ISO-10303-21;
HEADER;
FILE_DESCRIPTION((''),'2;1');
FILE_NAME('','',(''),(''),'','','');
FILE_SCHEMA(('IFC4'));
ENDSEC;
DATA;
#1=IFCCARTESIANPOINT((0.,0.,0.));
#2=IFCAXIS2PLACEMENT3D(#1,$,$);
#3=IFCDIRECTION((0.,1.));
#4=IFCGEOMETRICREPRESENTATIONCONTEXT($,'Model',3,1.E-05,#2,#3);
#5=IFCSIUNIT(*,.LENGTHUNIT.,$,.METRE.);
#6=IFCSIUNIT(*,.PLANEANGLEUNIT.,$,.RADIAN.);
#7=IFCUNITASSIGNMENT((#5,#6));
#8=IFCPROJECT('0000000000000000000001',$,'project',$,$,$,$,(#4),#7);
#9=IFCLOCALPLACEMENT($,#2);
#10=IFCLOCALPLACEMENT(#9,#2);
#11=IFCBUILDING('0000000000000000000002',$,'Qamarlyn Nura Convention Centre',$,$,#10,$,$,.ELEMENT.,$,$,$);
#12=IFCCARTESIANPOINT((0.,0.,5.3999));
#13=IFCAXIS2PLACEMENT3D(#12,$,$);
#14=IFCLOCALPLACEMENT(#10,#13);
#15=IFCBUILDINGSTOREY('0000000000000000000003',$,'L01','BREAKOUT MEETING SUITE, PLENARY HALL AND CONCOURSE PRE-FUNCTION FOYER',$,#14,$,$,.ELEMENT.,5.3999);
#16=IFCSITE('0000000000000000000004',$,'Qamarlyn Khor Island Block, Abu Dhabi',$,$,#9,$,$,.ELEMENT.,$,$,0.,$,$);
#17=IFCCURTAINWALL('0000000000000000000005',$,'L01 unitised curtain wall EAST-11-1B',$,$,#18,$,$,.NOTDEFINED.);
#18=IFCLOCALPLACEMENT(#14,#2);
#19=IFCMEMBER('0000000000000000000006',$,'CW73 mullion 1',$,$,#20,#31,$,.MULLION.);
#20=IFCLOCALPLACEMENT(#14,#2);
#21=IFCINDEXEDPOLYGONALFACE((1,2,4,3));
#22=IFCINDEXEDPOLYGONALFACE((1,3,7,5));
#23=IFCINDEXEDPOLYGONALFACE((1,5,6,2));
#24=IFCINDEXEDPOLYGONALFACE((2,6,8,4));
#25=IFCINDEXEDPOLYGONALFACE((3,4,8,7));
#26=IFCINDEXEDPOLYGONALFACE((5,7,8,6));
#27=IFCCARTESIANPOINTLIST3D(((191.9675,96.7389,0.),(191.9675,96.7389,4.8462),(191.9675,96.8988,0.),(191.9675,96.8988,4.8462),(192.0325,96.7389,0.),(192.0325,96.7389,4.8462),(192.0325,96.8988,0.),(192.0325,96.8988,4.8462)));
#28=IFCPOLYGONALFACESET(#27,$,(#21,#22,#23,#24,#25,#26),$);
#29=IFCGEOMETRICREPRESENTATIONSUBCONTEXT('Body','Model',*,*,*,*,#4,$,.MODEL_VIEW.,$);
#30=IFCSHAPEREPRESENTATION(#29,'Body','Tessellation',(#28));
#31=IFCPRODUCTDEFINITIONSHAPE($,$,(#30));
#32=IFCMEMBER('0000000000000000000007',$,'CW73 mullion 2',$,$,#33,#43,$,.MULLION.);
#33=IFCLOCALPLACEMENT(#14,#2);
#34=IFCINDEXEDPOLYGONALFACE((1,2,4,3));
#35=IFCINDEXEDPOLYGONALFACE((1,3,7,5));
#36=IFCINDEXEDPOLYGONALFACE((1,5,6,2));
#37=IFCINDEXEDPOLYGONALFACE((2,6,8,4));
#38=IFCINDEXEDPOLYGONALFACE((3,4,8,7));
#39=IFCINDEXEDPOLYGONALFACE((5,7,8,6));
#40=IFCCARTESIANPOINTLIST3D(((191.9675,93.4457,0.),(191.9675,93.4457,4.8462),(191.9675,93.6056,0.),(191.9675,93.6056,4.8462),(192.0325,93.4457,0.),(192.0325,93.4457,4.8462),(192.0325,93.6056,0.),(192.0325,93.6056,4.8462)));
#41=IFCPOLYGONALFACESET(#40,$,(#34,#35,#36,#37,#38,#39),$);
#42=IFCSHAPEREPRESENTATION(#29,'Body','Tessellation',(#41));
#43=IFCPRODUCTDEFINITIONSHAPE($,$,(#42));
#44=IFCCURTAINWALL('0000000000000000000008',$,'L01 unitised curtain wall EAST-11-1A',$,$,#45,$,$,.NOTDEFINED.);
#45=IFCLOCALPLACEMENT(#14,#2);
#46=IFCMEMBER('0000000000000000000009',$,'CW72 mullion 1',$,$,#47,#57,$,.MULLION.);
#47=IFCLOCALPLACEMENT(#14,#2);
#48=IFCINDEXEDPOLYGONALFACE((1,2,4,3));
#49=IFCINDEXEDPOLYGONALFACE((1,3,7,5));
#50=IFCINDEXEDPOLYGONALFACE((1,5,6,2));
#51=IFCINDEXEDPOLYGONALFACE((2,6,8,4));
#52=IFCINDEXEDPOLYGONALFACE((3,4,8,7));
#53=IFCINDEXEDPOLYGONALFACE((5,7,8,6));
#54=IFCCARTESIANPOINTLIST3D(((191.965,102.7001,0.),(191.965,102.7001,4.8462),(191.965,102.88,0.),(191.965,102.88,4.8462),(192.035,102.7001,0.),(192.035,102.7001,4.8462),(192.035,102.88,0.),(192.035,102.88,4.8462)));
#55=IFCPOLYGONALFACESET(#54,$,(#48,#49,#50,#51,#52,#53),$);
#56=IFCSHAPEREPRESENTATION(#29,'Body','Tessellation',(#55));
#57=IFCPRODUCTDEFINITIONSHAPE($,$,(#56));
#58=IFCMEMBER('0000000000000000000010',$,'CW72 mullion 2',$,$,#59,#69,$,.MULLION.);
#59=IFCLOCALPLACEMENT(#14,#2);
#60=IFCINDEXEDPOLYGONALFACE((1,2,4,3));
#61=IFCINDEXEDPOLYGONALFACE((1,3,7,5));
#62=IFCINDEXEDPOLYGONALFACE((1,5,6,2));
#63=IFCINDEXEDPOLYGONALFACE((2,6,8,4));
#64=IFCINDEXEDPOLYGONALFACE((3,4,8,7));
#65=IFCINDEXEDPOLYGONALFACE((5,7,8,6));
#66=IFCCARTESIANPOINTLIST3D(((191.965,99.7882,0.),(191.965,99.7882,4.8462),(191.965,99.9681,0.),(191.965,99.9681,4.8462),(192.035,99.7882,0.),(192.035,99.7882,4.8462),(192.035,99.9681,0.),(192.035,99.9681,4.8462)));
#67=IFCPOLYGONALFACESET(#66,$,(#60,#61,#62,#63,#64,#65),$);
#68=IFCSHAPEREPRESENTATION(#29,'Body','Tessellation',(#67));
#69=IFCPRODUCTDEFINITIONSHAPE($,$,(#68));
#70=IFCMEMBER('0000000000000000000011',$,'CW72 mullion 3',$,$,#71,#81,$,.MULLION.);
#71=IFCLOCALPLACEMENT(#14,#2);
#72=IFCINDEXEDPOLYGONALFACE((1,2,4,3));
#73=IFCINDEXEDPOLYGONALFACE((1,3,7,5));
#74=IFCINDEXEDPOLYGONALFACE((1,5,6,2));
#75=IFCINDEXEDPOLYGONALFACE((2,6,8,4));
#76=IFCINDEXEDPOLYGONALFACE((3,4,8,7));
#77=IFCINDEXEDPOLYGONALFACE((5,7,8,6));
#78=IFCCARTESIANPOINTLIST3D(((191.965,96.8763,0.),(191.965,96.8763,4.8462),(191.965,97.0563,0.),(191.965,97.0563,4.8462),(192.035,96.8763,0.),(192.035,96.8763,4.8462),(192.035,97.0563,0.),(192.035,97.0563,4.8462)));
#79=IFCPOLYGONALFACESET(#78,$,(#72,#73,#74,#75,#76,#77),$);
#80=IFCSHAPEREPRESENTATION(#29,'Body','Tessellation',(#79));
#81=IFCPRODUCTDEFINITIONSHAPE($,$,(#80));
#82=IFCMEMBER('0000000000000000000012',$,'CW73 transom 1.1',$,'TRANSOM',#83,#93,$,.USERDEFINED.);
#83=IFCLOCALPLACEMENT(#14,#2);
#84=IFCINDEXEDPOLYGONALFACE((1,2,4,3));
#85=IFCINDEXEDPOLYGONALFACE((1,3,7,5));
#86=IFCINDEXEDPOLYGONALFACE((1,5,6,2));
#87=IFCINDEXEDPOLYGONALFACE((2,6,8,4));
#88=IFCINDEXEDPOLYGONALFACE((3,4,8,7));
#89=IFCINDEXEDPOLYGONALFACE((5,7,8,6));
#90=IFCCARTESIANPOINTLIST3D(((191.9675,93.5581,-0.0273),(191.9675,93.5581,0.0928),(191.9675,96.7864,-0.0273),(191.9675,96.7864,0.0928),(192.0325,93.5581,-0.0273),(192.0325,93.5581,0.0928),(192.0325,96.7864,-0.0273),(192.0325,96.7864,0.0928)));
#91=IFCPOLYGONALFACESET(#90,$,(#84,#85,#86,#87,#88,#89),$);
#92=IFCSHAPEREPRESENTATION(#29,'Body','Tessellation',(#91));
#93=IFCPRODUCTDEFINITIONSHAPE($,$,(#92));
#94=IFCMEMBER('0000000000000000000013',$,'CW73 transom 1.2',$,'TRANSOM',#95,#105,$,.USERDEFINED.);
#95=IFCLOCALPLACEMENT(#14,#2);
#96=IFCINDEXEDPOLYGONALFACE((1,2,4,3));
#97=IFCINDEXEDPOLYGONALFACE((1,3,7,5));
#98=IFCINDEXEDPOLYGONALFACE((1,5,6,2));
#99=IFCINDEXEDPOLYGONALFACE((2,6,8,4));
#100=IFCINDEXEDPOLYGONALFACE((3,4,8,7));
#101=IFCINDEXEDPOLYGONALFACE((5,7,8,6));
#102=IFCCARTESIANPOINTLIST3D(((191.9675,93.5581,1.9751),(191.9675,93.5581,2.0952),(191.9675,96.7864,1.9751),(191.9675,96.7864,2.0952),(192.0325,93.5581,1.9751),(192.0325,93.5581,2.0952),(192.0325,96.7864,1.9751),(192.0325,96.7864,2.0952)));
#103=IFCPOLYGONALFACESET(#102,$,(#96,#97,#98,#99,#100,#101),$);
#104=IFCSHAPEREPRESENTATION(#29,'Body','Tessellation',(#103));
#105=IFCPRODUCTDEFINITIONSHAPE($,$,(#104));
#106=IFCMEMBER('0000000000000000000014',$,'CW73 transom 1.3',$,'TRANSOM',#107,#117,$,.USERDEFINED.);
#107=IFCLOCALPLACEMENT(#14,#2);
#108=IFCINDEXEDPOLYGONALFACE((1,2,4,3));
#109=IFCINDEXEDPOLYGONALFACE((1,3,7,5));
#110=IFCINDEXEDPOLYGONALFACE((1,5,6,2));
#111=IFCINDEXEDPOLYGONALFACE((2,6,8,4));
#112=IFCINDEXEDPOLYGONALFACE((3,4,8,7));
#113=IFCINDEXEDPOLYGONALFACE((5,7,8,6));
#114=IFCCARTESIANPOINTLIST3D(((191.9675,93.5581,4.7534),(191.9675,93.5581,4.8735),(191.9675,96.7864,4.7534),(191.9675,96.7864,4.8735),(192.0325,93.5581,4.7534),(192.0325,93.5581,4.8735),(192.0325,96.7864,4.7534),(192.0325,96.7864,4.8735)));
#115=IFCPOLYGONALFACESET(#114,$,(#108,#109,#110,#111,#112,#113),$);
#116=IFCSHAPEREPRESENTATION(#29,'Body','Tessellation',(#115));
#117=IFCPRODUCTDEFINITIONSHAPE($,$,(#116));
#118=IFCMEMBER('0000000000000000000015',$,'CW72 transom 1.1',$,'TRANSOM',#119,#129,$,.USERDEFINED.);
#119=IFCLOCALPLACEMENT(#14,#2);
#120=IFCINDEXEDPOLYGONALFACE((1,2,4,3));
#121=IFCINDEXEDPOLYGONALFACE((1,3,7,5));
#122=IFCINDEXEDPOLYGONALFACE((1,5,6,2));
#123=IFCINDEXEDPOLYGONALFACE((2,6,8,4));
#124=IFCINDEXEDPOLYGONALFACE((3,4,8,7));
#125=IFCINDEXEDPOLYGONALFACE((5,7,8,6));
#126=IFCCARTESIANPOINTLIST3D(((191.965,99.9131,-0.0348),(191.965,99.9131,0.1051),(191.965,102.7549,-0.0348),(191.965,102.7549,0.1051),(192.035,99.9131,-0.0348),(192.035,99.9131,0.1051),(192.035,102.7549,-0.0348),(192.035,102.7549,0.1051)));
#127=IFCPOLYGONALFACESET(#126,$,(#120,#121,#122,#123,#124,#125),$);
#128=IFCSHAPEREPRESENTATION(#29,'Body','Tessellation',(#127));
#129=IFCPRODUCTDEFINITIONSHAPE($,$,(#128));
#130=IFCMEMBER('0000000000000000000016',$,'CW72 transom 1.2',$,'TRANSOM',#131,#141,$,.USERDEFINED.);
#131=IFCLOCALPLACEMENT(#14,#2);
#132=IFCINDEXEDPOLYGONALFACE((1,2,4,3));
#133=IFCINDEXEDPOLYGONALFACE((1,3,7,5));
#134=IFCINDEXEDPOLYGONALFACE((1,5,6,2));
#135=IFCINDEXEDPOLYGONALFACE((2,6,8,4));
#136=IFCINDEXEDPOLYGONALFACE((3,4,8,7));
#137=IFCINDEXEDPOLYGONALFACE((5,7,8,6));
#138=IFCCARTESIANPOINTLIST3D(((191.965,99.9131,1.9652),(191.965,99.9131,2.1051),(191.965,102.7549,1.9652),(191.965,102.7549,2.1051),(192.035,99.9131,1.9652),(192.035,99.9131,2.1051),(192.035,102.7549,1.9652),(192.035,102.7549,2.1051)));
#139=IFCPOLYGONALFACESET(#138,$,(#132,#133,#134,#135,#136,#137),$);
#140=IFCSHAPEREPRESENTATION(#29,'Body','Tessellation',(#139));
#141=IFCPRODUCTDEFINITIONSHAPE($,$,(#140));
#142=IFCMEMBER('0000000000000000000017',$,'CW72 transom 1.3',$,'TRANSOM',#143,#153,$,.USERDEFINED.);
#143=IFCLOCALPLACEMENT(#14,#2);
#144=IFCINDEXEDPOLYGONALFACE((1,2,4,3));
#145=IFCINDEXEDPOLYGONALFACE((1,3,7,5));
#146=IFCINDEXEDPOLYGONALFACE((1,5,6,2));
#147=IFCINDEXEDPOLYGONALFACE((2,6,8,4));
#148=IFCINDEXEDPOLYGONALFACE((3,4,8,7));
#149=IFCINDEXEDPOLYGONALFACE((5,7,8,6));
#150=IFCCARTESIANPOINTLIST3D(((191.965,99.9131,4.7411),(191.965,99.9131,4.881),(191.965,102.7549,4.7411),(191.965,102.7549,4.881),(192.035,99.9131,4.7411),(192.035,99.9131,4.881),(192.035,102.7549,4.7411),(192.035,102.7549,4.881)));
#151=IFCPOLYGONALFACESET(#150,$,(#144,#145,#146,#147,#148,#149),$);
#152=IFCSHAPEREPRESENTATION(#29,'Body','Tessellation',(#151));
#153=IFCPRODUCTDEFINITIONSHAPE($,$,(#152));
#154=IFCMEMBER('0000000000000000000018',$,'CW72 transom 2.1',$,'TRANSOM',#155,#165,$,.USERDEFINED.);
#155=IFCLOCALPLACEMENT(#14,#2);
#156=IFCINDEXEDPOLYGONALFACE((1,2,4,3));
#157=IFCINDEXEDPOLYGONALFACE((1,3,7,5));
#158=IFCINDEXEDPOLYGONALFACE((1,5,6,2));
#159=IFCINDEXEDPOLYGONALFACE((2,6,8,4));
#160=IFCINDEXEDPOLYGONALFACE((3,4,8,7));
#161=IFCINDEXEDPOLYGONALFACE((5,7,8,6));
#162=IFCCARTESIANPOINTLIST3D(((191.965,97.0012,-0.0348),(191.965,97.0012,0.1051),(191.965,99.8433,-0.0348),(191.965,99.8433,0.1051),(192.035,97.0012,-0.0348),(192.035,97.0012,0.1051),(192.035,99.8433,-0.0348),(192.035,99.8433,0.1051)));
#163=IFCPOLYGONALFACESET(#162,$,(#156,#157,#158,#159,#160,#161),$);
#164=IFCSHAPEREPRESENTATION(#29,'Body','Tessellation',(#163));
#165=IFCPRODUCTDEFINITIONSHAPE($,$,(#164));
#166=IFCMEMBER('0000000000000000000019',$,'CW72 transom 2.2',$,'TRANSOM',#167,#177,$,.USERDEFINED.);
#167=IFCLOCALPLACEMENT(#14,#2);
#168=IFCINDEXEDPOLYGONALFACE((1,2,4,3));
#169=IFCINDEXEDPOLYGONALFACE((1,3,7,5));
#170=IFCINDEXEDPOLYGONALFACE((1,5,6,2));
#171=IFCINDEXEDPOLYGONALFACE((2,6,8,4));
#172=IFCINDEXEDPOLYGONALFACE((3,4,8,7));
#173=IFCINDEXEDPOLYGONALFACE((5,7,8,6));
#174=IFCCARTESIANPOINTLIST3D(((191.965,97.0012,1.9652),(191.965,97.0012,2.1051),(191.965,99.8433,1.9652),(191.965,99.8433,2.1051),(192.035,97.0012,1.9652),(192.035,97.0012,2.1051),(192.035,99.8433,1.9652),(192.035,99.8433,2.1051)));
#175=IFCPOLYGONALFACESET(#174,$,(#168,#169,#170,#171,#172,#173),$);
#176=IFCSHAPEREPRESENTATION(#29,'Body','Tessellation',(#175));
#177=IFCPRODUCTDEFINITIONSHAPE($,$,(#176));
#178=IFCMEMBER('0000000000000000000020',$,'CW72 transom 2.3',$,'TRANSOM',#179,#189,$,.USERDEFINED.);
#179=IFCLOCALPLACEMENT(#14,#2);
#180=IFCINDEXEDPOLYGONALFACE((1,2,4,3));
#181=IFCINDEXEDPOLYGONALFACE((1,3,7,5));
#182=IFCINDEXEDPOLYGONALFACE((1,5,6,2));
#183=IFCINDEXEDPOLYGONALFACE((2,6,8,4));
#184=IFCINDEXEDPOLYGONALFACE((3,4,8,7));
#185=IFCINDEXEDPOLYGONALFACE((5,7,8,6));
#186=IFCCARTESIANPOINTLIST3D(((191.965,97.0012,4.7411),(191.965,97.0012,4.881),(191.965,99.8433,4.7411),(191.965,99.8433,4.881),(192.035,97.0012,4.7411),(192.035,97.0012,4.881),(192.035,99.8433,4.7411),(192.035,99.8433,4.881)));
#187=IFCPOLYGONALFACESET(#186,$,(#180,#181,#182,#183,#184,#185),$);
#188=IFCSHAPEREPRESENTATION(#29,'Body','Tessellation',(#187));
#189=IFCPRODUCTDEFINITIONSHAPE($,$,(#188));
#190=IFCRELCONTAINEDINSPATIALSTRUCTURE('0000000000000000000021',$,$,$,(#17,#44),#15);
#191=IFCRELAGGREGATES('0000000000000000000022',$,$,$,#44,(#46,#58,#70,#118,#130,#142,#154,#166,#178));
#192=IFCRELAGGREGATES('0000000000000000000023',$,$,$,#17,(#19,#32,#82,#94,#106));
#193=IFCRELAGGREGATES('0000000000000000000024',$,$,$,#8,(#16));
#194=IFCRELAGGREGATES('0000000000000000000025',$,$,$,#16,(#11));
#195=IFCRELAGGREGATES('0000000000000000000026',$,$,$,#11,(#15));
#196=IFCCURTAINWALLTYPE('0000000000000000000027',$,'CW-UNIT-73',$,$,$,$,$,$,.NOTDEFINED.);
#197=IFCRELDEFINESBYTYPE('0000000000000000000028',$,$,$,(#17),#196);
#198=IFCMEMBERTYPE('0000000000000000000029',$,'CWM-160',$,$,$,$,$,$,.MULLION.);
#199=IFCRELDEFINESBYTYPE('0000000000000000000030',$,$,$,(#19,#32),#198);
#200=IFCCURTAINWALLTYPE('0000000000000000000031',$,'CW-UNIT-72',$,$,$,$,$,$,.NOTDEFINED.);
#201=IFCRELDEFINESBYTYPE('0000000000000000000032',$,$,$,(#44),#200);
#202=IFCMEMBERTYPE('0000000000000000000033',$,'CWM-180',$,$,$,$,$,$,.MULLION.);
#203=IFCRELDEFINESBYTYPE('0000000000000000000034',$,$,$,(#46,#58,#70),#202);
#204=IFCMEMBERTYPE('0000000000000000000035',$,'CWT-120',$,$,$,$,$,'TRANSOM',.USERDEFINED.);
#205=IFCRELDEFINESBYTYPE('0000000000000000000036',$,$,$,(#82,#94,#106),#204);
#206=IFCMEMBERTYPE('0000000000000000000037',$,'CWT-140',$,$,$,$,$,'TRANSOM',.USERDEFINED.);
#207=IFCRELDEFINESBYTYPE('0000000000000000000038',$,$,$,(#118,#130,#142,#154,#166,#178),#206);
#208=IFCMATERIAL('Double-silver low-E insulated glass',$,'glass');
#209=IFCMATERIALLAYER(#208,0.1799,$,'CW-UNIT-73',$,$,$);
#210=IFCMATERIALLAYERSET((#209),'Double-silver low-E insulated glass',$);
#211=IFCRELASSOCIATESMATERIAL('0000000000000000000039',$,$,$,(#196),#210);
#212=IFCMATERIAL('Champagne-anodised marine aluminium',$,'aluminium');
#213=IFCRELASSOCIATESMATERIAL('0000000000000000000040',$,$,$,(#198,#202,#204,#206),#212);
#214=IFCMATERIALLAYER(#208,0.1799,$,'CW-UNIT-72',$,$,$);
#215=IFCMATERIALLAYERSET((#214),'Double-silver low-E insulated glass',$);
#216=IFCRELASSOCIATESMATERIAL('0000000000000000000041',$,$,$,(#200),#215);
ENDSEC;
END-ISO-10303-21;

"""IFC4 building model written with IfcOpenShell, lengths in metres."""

from ifc_helpers import new_model, si_unit, direction, frame, origin, origin_2d, place, context, subcontext, project, spatial, rectangle, extrude, material, layer, layer_set, material_profile, profile_set, type_object, element, aggregate, save


model = new_model("IFC4")

# Units and contexts
model_context = context("Model", 3, precision=1e-05, world=origin(), true_north=direction((0.0, 1.0)))
body_context = subcontext(model_context, "Body", "Model", "MODEL_VIEW")
ifc_project = project(units=[si_unit("LENGTHUNIT", "METRE"), si_unit("PLANEANGLEUNIT", "RADIAN")], contexts=[model_context])

# Site, building, storey
site_placement = place(None, origin())
site = spatial("IfcSite", under=ifc_project, at=site_placement, Name="Qamarlyn Khor Island Block, Abu Dhabi", CompositionType="ELEMENT", RefElevation=0.0)
building_placement = place(site_placement, origin())
building = spatial("IfcBuilding", under=site, at=building_placement, Name="Qamarlyn Nura Convention Centre", CompositionType="ELEMENT")
storey_placement = place(building_placement, frame((0.0, 0.0, 5.3999)))
storey = spatial("IfcBuildingStorey", under=building, at=storey_placement, Name="L01", Description="BREAKOUT MEETING SUITE, PLENARY HALL AND CONCOURSE PRE-FUNCTION FOYER", CompositionType="ELEMENT", Elevation=5.3999)

# Curtain walls, members
ifc_material_1 = material(Name="Double-silver low-E insulated glass", Category="glass")
ifc_layer_1 = layer(ifc_material_1, 0.1799, Name="CW-UNIT-73")
ifc_layer_set_1 = layer_set([ifc_layer_1], Name="Double-silver low-E insulated glass")
curtain_wall_type_1 = type_object("IfcCurtainWallType", Name="CW-UNIT-73", PredefinedType="NOTDEFINED", material=ifc_layer_set_1)
curtain_wall_1_placement = place(storey_placement, origin())
curtain_wall_1 = element("IfcCurtainWall", 1, at=curtain_wall_1_placement, inside=storey, type_object=curtain_wall_type_1, Name="L01 unitised curtain wall EAST-11-1B", PredefinedType="NOTDEFINED")
ifc_material_2 = material(Name="Champagne-anodised marine aluminium", Category="aluminium")
ifc_material_profile_1 = material_profile(ifc_material_2, rectangle(XDim=0.0649, YDim=0.1599, at=origin_2d()), Name="ALU MULLION 65x160")
ifc_profile_set_1 = profile_set([ifc_material_profile_1], Name="Champagne-anodised marine aluminium")
member_type_1 = type_object("IfcMemberType", Name="CWM-160", PredefinedType="MULLION", material=ifc_profile_set_1)
member_1_placement = place(storey_placement, frame((192.0, 96.8188, 0.0), z_axis=(0.0, 0.0, 1.0), x_axis=(1.0, 0.0, 0.0)))
member_1 = element("IfcMember", 2, at=member_1_placement, type_object=member_type_1, Name="CW73 mullion 1", PredefinedType="MULLION", context=body_context, shape_type="SweptSolid", body=[
    extrude(rectangle(XDim=0.0649, YDim=0.1599, at=origin_2d()), origin(), (0.0, 0.0, 1.0), 4.8462),
])
member_2_placement = place(storey_placement, frame((192.0, 93.5256, 0.0), z_axis=(0.0, 0.0, 1.0), x_axis=(1.0, 0.0, 0.0)))
member_2 = element("IfcMember", 3, at=member_2_placement, type_object=member_type_1, Name="CW73 mullion 2", PredefinedType="MULLION", context=body_context, shape_type="SweptSolid", body=[
    extrude(rectangle(XDim=0.0649, YDim=0.1599, at=origin_2d()), origin(), (0.0, 0.0, 1.0), 4.8462),
])
ifc_layer_2 = layer(ifc_material_1, 0.1799, Name="CW-UNIT-72")
ifc_layer_set_2 = layer_set([ifc_layer_2], Name="Double-silver low-E insulated glass")
curtain_wall_type_2 = type_object("IfcCurtainWallType", Name="CW-UNIT-72", PredefinedType="NOTDEFINED", material=ifc_layer_set_2)
curtain_wall_2_placement = place(storey_placement, origin())
curtain_wall_2 = element("IfcCurtainWall", 4, at=curtain_wall_2_placement, inside=storey, type_object=curtain_wall_type_2, Name="L01 unitised curtain wall EAST-11-1A", PredefinedType="NOTDEFINED")
ifc_material_profile_2 = material_profile(ifc_material_2, rectangle(XDim=0.0701, YDim=0.1799, at=origin_2d()), Name="ALU MULLION 70x180")
ifc_profile_set_2 = profile_set([ifc_material_profile_2], Name="Champagne-anodised marine aluminium")
member_type_2 = type_object("IfcMemberType", Name="CWM-180", PredefinedType="MULLION", material=ifc_profile_set_2)
member_3_placement = place(storey_placement, frame((192.0, 102.79, 0.0), z_axis=(0.0, 0.0, 1.0), x_axis=(1.0, 0.0, 0.0)))
member_3 = element("IfcMember", 5, at=member_3_placement, type_object=member_type_2, Name="CW72 mullion 1", PredefinedType="MULLION", context=body_context, shape_type="SweptSolid", body=[
    extrude(rectangle(XDim=0.0701, YDim=0.1799, at=origin_2d()), origin(), (0.0, 0.0, 1.0), 4.8462),
])
member_4_placement = place(storey_placement, frame((192.0, 99.8782, 0.0), z_axis=(0.0, 0.0, 1.0), x_axis=(1.0, 0.0, 0.0)))
member_4 = element("IfcMember", 6, at=member_4_placement, type_object=member_type_2, Name="CW72 mullion 2", PredefinedType="MULLION", context=body_context, shape_type="SweptSolid", body=[
    extrude(rectangle(XDim=0.0701, YDim=0.1799, at=origin_2d()), origin(), (0.0, 0.0, 1.0), 4.8462),
])
member_5_placement = place(storey_placement, frame((192.0, 96.9663, 0.0), z_axis=(0.0, 0.0, 1.0), x_axis=(1.0, 0.0, 0.0)))
member_5 = element("IfcMember", 7, at=member_5_placement, type_object=member_type_2, Name="CW72 mullion 3", PredefinedType="MULLION", context=body_context, shape_type="SweptSolid", body=[
    extrude(rectangle(XDim=0.0701, YDim=0.1799, at=origin_2d()), origin(), (0.0, 0.0, 1.0), 4.8462),
])

# Members
ifc_material_profile_3 = material_profile(ifc_material_2, rectangle(XDim=0.0649, YDim=0.1201, at=origin_2d()), Name="ALU TRANSOM 65x120")
ifc_profile_set_3 = profile_set([ifc_material_profile_3], Name="Champagne-anodised marine aluminium")
member_type_3 = type_object("IfcMemberType", Name="CWT-120", ElementType="TRANSOM", PredefinedType="USERDEFINED", material=ifc_profile_set_3)
member_6_placement = place(storey_placement, frame((192.0, 96.7864, 0.0327), z_axis=(0.0, -1.0, 0.0), x_axis=(1.0, 0.0, 0.0)))
member_6 = element("IfcMember", 8, at=member_6_placement, type_object=member_type_3, Name="CW73 transom 1.1", ObjectType="TRANSOM", PredefinedType="USERDEFINED", context=body_context, shape_type="SweptSolid", body=[
    extrude(rectangle(XDim=0.0649, YDim=0.1201, at=origin_2d()), origin(), (0.0, 0.0, 1.0), 3.2283),
])
member_7_placement = place(storey_placement, frame((192.0, 96.7864, 2.0352), z_axis=(0.0, -1.0, 0.0), x_axis=(1.0, 0.0, 0.0)))
member_7 = element("IfcMember", 9, at=member_7_placement, type_object=member_type_3, Name="CW73 transom 1.2", ObjectType="TRANSOM", PredefinedType="USERDEFINED", context=body_context, shape_type="SweptSolid", body=[
    extrude(rectangle(XDim=0.0649, YDim=0.1201, at=origin_2d()), origin(), (0.0, 0.0, 1.0), 3.2283),
])
member_8_placement = place(storey_placement, frame((192.0, 96.7864, 4.8135), z_axis=(0.0, -1.0, 0.0), x_axis=(1.0, 0.0, 0.0)))
member_8 = element("IfcMember", 10, at=member_8_placement, type_object=member_type_3, Name="CW73 transom 1.3", ObjectType="TRANSOM", PredefinedType="USERDEFINED", context=body_context, shape_type="SweptSolid", body=[
    extrude(rectangle(XDim=0.0649, YDim=0.1201, at=origin_2d()), origin(), (0.0, 0.0, 1.0), 3.2283),
])
ifc_material_profile_4 = material_profile(ifc_material_2, rectangle(XDim=0.0701, YDim=0.1399, at=origin_2d()), Name="ALU TRANSOM 70x140")
ifc_profile_set_4 = profile_set([ifc_material_profile_4], Name="Champagne-anodised marine aluminium")
member_type_4 = type_object("IfcMemberType", Name="CWT-140", ElementType="TRANSOM", PredefinedType="USERDEFINED", material=ifc_profile_set_4)
member_9_placement = place(storey_placement, frame((192.0, 102.7549, 0.0352), z_axis=(0.0, -1.0, 0.0), x_axis=(1.0, 0.0, 0.0)))
member_9 = element("IfcMember", 11, at=member_9_placement, type_object=member_type_4, Name="CW72 transom 1.1", ObjectType="TRANSOM", PredefinedType="USERDEFINED", context=body_context, shape_type="SweptSolid", body=[
    extrude(rectangle(XDim=0.0701, YDim=0.1399, at=origin_2d()), origin(), (0.0, 0.0, 1.0), 2.8418),
])
member_10_placement = place(storey_placement, frame((192.0, 102.7549, 2.0352), z_axis=(0.0, -1.0, 0.0), x_axis=(1.0, 0.0, 0.0)))
member_10 = element("IfcMember", 12, at=member_10_placement, type_object=member_type_4, Name="CW72 transom 1.2", ObjectType="TRANSOM", PredefinedType="USERDEFINED", context=body_context, shape_type="SweptSolid", body=[
    extrude(rectangle(XDim=0.0701, YDim=0.1399, at=origin_2d()), origin(), (0.0, 0.0, 1.0), 2.8418),
])
member_11_placement = place(storey_placement, frame((192.0, 102.7549, 4.811), z_axis=(0.0, -1.0, 0.0), x_axis=(1.0, 0.0, 0.0)))
member_11 = element("IfcMember", 13, at=member_11_placement, type_object=member_type_4, Name="CW72 transom 1.3", ObjectType="TRANSOM", PredefinedType="USERDEFINED", context=body_context, shape_type="SweptSolid", body=[
    extrude(rectangle(XDim=0.0701, YDim=0.1399, at=origin_2d()), origin(), (0.0, 0.0, 1.0), 2.8418),
])
member_12_placement = place(storey_placement, frame((192.0, 99.8433, 0.0352), z_axis=(0.0, -1.0, 0.0), x_axis=(1.0, 0.0, 0.0)))
member_12 = element("IfcMember", 14, at=member_12_placement, type_object=member_type_4, Name="CW72 transom 2.1", ObjectType="TRANSOM", PredefinedType="USERDEFINED", context=body_context, shape_type="SweptSolid", body=[
    extrude(rectangle(XDim=0.0701, YDim=0.1399, at=origin_2d()), origin(), (0.0, 0.0, 1.0), 2.842),
])
member_13_placement = place(storey_placement, frame((192.0, 99.8433, 2.0352), z_axis=(0.0, -1.0, 0.0), x_axis=(1.0, 0.0, 0.0)))
member_13 = element("IfcMember", 15, at=member_13_placement, type_object=member_type_4, Name="CW72 transom 2.2", ObjectType="TRANSOM", PredefinedType="USERDEFINED", context=body_context, shape_type="SweptSolid", body=[
    extrude(rectangle(XDim=0.0701, YDim=0.1399, at=origin_2d()), origin(), (0.0, 0.0, 1.0), 2.842),
])
member_14_placement = place(storey_placement, frame((192.0, 99.8433, 4.811), z_axis=(0.0, -1.0, 0.0), x_axis=(1.0, 0.0, 0.0)))
member_14 = element("IfcMember", 16, at=member_14_placement, type_object=member_type_4, Name="CW72 transom 2.3", ObjectType="TRANSOM", PredefinedType="USERDEFINED", context=body_context, shape_type="SweptSolid", body=[
    extrude(rectangle(XDim=0.0701, YDim=0.1399, at=origin_2d()), origin(), (0.0, 0.0, 1.0), 2.842),
])

aggregate(curtain_wall_2, [member_3, member_4, member_5, member_9, member_10, member_11, member_12, member_13, member_14])
aggregate(curtain_wall_1, [member_1, member_2, member_6, member_7, member_8])

save(model, "model.ifc")
